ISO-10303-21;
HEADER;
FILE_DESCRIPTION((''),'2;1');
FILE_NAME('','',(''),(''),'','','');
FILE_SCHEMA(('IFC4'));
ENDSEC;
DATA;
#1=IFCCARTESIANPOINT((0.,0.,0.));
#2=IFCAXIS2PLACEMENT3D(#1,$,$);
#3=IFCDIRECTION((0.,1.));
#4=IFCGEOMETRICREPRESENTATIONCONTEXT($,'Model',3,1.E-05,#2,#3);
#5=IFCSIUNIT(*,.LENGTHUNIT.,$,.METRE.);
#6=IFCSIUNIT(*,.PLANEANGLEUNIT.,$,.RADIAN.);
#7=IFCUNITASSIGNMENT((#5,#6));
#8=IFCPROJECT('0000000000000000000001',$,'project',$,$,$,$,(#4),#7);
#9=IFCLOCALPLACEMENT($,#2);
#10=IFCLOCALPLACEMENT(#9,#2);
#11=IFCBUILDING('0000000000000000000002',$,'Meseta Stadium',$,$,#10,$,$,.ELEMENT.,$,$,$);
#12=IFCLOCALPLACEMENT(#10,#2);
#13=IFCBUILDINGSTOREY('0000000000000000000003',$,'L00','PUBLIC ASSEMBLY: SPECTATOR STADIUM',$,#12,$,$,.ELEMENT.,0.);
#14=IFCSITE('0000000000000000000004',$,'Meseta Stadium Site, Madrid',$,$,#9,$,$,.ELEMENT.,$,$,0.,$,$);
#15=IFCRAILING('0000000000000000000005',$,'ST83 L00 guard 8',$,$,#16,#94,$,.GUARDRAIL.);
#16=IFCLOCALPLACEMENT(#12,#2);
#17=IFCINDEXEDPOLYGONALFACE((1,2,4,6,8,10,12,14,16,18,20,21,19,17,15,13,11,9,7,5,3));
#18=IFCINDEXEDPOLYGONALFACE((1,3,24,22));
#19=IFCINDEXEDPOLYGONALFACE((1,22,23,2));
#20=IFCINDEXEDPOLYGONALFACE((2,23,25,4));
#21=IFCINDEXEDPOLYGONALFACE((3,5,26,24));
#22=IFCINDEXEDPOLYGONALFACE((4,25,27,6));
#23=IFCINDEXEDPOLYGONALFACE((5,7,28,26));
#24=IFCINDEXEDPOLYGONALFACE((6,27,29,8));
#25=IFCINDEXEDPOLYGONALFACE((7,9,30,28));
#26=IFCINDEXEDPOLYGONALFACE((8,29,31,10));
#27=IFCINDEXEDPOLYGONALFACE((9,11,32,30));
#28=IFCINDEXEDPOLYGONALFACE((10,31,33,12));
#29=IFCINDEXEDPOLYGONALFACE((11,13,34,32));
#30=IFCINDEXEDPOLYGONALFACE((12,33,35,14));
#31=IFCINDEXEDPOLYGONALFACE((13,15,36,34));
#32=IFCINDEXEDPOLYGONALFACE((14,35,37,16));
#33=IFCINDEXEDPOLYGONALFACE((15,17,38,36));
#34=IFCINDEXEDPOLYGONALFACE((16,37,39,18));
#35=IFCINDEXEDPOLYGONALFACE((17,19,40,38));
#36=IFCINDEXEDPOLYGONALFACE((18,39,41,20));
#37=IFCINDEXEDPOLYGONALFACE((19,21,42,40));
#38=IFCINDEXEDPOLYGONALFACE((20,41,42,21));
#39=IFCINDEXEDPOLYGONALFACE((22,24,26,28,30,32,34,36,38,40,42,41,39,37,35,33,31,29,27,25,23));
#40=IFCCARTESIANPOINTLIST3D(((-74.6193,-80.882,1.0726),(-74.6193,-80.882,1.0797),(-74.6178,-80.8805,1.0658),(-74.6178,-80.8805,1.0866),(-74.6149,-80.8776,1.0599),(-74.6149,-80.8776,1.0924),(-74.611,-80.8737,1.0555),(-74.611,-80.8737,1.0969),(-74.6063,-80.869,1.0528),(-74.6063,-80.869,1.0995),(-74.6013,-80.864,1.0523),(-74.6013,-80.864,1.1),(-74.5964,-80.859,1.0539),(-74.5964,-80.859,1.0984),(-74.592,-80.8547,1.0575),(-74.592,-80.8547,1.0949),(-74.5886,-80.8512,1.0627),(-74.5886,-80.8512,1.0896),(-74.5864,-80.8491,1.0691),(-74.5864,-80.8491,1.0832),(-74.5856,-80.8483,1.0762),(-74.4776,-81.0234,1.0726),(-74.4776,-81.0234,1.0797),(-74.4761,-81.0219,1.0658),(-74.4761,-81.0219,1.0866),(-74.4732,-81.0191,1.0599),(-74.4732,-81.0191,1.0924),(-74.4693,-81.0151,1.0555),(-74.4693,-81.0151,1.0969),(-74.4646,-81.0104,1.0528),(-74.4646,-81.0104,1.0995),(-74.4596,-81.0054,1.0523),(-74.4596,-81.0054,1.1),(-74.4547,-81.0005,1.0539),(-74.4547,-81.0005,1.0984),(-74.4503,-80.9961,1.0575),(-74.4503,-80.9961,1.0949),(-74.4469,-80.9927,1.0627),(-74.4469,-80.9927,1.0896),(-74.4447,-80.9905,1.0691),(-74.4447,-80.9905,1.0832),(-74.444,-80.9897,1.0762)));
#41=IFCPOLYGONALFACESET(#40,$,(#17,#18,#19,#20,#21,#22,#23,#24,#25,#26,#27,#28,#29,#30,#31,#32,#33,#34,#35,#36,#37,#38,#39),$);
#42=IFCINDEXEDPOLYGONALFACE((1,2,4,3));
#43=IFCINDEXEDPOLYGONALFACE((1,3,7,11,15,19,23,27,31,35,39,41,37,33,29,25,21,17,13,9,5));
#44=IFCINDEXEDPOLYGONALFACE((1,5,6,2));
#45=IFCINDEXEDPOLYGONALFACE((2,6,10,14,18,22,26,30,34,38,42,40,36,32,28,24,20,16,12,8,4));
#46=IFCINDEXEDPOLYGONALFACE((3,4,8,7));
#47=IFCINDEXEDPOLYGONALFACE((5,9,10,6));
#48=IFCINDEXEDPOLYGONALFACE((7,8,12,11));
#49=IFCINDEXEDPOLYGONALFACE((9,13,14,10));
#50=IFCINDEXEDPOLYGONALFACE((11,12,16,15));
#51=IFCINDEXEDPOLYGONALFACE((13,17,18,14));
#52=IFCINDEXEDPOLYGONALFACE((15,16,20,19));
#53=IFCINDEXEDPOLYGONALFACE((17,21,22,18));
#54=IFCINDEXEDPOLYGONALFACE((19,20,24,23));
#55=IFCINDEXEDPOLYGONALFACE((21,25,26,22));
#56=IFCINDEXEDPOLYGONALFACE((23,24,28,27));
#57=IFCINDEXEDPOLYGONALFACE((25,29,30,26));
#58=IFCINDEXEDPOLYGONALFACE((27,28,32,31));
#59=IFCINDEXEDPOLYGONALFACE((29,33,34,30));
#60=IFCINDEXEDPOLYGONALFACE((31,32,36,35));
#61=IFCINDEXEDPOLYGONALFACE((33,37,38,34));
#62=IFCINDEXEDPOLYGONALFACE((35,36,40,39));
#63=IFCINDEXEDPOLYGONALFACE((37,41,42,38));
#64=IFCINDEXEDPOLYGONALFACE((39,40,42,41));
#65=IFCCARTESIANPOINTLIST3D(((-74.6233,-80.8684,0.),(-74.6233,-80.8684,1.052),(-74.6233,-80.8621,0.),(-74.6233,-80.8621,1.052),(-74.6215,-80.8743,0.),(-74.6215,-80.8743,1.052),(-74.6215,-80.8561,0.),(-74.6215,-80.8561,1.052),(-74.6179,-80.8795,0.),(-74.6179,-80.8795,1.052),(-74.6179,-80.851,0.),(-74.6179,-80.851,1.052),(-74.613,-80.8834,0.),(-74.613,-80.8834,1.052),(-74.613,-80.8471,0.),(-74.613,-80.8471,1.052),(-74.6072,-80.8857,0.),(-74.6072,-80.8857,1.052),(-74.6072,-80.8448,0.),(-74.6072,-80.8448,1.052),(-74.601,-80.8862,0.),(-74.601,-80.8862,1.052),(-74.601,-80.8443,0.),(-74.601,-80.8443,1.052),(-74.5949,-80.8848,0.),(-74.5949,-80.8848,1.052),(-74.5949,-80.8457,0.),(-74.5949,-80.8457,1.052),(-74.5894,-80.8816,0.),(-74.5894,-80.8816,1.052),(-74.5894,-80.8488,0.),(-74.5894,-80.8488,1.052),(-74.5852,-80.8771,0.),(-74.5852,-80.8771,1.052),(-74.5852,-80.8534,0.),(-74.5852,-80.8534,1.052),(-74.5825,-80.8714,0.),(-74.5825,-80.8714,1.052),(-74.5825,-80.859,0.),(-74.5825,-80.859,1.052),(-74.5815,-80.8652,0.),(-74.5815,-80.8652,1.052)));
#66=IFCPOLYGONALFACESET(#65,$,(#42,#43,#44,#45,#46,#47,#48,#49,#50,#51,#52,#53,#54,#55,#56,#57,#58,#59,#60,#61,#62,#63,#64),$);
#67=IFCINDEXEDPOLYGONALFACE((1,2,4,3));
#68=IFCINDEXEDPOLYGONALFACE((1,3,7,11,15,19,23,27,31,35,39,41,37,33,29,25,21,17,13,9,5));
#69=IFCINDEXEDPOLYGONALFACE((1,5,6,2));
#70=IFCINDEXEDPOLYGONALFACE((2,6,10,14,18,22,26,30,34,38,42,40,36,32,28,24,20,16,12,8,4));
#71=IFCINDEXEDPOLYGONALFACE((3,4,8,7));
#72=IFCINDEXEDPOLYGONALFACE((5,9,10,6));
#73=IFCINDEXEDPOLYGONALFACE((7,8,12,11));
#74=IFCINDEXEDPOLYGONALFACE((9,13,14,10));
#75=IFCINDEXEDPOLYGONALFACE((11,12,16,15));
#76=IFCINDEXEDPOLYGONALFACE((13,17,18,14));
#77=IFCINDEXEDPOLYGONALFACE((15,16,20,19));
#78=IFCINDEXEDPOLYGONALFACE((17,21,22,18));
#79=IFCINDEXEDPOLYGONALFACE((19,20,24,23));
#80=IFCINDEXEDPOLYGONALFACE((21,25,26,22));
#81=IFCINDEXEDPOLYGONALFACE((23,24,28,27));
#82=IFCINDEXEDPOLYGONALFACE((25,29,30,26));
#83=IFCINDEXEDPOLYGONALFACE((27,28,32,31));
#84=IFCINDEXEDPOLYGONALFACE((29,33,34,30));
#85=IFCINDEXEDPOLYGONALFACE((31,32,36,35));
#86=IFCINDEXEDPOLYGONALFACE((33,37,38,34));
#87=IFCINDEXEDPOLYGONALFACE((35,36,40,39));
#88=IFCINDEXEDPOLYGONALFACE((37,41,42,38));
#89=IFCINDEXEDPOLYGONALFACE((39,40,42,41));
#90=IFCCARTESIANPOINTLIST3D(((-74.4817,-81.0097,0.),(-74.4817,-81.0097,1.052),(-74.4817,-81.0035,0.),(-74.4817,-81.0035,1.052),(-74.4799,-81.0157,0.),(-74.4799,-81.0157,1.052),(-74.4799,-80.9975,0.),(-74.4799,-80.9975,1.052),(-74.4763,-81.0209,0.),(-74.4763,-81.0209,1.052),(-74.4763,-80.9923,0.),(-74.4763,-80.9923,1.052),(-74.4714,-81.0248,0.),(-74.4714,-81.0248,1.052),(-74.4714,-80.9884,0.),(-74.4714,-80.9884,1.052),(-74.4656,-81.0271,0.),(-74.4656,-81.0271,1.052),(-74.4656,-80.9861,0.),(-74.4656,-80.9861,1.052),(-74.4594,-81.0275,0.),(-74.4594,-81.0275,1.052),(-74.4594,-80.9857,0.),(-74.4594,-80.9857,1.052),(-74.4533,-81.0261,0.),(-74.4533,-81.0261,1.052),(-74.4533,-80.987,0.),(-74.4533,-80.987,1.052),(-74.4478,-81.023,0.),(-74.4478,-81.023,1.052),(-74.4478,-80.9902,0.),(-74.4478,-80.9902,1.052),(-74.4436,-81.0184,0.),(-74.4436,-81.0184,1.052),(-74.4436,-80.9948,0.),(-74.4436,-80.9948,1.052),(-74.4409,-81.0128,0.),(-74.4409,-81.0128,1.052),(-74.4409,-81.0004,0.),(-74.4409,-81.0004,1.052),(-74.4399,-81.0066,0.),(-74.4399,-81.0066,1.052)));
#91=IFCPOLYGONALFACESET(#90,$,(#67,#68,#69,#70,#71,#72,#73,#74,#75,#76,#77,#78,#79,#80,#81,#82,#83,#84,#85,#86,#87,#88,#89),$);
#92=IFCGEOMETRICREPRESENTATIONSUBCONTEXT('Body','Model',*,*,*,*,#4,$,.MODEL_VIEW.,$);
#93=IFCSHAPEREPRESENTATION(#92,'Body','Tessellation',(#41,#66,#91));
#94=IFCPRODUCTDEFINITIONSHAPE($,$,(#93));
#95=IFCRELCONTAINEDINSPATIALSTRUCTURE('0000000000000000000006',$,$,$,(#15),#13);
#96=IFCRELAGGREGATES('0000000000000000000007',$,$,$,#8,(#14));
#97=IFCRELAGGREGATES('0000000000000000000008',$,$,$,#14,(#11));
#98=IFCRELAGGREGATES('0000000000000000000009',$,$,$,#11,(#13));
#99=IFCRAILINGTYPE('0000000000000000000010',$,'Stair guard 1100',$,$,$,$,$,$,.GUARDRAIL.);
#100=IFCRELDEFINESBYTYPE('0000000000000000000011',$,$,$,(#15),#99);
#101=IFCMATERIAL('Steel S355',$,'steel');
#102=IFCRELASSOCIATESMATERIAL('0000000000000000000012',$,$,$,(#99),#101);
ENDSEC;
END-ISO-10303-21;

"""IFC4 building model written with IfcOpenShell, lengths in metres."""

from ifc_helpers import new_model, si_unit, direction, frame, origin, origin_2d, place, context, subcontext, project, spatial, circle, extrude, material, type_object, element, save


model = new_model("IFC4")

# Units and contexts
model_context = context("Model", 3, precision=1e-05, world=origin(), true_north=direction((0.0, 1.0)))
body_context = subcontext(model_context, "Body", "Model", "MODEL_VIEW")
ifc_project = project(units=[si_unit("LENGTHUNIT", "METRE"), si_unit("PLANEANGLEUNIT", "RADIAN")], contexts=[model_context])

# Site, building, storey
site_placement = place(None, origin())
site = spatial("IfcSite", under=ifc_project, at=site_placement, Name="Meseta Stadium Site, Madrid", CompositionType="ELEMENT", RefElevation=0.0)
building_placement = place(site_placement, origin())
building = spatial("IfcBuilding", under=site, at=building_placement, Name="Meseta Stadium", CompositionType="ELEMENT")
storey_placement = place(building_placement, origin())
storey = spatial("IfcBuildingStorey", under=building, at=storey_placement, Name="L00", Description="PUBLIC ASSEMBLY: SPECTATOR STADIUM", CompositionType="ELEMENT", Elevation=0.0)

# Railing
ifc_material_1 = material(Name="Steel S355", Category="steel")
railing_type_1 = type_object("IfcRailingType", Name="Stair guard 1100", PredefinedType="GUARDRAIL", material=ifc_material_1)
railing_1_placement = place(storey_placement, frame((-74.6025, -80.8652, 0.0)))
element("IfcRailing", 1, at=railing_1_placement, inside=storey, type_object=railing_type_1, Name="ST83 L00 guard 8", PredefinedType="GUARDRAIL", context=body_context, shape_type="SweptSolid", body=[
    extrude(circle(Radius=0.0239, at=origin_2d()), frame((0.0, 0.0, 1.0762), z_axis=(0.707717, -0.706496, 0.0), x_axis=(0.706496, 0.707717, 0.0)), (0.0, 0.0, 1.0), 0.2002),
    extrude(circle(Radius=0.021, at=origin_2d()), origin(), (0.0, 0.0, 1.0), 1.052),
    extrude(circle(Radius=0.021, at=origin_2d()), frame((0.1416, -0.1414, 0.0)), (0.0, 0.0, 1.0), 1.052),
])

save(model, "model.ifc")
